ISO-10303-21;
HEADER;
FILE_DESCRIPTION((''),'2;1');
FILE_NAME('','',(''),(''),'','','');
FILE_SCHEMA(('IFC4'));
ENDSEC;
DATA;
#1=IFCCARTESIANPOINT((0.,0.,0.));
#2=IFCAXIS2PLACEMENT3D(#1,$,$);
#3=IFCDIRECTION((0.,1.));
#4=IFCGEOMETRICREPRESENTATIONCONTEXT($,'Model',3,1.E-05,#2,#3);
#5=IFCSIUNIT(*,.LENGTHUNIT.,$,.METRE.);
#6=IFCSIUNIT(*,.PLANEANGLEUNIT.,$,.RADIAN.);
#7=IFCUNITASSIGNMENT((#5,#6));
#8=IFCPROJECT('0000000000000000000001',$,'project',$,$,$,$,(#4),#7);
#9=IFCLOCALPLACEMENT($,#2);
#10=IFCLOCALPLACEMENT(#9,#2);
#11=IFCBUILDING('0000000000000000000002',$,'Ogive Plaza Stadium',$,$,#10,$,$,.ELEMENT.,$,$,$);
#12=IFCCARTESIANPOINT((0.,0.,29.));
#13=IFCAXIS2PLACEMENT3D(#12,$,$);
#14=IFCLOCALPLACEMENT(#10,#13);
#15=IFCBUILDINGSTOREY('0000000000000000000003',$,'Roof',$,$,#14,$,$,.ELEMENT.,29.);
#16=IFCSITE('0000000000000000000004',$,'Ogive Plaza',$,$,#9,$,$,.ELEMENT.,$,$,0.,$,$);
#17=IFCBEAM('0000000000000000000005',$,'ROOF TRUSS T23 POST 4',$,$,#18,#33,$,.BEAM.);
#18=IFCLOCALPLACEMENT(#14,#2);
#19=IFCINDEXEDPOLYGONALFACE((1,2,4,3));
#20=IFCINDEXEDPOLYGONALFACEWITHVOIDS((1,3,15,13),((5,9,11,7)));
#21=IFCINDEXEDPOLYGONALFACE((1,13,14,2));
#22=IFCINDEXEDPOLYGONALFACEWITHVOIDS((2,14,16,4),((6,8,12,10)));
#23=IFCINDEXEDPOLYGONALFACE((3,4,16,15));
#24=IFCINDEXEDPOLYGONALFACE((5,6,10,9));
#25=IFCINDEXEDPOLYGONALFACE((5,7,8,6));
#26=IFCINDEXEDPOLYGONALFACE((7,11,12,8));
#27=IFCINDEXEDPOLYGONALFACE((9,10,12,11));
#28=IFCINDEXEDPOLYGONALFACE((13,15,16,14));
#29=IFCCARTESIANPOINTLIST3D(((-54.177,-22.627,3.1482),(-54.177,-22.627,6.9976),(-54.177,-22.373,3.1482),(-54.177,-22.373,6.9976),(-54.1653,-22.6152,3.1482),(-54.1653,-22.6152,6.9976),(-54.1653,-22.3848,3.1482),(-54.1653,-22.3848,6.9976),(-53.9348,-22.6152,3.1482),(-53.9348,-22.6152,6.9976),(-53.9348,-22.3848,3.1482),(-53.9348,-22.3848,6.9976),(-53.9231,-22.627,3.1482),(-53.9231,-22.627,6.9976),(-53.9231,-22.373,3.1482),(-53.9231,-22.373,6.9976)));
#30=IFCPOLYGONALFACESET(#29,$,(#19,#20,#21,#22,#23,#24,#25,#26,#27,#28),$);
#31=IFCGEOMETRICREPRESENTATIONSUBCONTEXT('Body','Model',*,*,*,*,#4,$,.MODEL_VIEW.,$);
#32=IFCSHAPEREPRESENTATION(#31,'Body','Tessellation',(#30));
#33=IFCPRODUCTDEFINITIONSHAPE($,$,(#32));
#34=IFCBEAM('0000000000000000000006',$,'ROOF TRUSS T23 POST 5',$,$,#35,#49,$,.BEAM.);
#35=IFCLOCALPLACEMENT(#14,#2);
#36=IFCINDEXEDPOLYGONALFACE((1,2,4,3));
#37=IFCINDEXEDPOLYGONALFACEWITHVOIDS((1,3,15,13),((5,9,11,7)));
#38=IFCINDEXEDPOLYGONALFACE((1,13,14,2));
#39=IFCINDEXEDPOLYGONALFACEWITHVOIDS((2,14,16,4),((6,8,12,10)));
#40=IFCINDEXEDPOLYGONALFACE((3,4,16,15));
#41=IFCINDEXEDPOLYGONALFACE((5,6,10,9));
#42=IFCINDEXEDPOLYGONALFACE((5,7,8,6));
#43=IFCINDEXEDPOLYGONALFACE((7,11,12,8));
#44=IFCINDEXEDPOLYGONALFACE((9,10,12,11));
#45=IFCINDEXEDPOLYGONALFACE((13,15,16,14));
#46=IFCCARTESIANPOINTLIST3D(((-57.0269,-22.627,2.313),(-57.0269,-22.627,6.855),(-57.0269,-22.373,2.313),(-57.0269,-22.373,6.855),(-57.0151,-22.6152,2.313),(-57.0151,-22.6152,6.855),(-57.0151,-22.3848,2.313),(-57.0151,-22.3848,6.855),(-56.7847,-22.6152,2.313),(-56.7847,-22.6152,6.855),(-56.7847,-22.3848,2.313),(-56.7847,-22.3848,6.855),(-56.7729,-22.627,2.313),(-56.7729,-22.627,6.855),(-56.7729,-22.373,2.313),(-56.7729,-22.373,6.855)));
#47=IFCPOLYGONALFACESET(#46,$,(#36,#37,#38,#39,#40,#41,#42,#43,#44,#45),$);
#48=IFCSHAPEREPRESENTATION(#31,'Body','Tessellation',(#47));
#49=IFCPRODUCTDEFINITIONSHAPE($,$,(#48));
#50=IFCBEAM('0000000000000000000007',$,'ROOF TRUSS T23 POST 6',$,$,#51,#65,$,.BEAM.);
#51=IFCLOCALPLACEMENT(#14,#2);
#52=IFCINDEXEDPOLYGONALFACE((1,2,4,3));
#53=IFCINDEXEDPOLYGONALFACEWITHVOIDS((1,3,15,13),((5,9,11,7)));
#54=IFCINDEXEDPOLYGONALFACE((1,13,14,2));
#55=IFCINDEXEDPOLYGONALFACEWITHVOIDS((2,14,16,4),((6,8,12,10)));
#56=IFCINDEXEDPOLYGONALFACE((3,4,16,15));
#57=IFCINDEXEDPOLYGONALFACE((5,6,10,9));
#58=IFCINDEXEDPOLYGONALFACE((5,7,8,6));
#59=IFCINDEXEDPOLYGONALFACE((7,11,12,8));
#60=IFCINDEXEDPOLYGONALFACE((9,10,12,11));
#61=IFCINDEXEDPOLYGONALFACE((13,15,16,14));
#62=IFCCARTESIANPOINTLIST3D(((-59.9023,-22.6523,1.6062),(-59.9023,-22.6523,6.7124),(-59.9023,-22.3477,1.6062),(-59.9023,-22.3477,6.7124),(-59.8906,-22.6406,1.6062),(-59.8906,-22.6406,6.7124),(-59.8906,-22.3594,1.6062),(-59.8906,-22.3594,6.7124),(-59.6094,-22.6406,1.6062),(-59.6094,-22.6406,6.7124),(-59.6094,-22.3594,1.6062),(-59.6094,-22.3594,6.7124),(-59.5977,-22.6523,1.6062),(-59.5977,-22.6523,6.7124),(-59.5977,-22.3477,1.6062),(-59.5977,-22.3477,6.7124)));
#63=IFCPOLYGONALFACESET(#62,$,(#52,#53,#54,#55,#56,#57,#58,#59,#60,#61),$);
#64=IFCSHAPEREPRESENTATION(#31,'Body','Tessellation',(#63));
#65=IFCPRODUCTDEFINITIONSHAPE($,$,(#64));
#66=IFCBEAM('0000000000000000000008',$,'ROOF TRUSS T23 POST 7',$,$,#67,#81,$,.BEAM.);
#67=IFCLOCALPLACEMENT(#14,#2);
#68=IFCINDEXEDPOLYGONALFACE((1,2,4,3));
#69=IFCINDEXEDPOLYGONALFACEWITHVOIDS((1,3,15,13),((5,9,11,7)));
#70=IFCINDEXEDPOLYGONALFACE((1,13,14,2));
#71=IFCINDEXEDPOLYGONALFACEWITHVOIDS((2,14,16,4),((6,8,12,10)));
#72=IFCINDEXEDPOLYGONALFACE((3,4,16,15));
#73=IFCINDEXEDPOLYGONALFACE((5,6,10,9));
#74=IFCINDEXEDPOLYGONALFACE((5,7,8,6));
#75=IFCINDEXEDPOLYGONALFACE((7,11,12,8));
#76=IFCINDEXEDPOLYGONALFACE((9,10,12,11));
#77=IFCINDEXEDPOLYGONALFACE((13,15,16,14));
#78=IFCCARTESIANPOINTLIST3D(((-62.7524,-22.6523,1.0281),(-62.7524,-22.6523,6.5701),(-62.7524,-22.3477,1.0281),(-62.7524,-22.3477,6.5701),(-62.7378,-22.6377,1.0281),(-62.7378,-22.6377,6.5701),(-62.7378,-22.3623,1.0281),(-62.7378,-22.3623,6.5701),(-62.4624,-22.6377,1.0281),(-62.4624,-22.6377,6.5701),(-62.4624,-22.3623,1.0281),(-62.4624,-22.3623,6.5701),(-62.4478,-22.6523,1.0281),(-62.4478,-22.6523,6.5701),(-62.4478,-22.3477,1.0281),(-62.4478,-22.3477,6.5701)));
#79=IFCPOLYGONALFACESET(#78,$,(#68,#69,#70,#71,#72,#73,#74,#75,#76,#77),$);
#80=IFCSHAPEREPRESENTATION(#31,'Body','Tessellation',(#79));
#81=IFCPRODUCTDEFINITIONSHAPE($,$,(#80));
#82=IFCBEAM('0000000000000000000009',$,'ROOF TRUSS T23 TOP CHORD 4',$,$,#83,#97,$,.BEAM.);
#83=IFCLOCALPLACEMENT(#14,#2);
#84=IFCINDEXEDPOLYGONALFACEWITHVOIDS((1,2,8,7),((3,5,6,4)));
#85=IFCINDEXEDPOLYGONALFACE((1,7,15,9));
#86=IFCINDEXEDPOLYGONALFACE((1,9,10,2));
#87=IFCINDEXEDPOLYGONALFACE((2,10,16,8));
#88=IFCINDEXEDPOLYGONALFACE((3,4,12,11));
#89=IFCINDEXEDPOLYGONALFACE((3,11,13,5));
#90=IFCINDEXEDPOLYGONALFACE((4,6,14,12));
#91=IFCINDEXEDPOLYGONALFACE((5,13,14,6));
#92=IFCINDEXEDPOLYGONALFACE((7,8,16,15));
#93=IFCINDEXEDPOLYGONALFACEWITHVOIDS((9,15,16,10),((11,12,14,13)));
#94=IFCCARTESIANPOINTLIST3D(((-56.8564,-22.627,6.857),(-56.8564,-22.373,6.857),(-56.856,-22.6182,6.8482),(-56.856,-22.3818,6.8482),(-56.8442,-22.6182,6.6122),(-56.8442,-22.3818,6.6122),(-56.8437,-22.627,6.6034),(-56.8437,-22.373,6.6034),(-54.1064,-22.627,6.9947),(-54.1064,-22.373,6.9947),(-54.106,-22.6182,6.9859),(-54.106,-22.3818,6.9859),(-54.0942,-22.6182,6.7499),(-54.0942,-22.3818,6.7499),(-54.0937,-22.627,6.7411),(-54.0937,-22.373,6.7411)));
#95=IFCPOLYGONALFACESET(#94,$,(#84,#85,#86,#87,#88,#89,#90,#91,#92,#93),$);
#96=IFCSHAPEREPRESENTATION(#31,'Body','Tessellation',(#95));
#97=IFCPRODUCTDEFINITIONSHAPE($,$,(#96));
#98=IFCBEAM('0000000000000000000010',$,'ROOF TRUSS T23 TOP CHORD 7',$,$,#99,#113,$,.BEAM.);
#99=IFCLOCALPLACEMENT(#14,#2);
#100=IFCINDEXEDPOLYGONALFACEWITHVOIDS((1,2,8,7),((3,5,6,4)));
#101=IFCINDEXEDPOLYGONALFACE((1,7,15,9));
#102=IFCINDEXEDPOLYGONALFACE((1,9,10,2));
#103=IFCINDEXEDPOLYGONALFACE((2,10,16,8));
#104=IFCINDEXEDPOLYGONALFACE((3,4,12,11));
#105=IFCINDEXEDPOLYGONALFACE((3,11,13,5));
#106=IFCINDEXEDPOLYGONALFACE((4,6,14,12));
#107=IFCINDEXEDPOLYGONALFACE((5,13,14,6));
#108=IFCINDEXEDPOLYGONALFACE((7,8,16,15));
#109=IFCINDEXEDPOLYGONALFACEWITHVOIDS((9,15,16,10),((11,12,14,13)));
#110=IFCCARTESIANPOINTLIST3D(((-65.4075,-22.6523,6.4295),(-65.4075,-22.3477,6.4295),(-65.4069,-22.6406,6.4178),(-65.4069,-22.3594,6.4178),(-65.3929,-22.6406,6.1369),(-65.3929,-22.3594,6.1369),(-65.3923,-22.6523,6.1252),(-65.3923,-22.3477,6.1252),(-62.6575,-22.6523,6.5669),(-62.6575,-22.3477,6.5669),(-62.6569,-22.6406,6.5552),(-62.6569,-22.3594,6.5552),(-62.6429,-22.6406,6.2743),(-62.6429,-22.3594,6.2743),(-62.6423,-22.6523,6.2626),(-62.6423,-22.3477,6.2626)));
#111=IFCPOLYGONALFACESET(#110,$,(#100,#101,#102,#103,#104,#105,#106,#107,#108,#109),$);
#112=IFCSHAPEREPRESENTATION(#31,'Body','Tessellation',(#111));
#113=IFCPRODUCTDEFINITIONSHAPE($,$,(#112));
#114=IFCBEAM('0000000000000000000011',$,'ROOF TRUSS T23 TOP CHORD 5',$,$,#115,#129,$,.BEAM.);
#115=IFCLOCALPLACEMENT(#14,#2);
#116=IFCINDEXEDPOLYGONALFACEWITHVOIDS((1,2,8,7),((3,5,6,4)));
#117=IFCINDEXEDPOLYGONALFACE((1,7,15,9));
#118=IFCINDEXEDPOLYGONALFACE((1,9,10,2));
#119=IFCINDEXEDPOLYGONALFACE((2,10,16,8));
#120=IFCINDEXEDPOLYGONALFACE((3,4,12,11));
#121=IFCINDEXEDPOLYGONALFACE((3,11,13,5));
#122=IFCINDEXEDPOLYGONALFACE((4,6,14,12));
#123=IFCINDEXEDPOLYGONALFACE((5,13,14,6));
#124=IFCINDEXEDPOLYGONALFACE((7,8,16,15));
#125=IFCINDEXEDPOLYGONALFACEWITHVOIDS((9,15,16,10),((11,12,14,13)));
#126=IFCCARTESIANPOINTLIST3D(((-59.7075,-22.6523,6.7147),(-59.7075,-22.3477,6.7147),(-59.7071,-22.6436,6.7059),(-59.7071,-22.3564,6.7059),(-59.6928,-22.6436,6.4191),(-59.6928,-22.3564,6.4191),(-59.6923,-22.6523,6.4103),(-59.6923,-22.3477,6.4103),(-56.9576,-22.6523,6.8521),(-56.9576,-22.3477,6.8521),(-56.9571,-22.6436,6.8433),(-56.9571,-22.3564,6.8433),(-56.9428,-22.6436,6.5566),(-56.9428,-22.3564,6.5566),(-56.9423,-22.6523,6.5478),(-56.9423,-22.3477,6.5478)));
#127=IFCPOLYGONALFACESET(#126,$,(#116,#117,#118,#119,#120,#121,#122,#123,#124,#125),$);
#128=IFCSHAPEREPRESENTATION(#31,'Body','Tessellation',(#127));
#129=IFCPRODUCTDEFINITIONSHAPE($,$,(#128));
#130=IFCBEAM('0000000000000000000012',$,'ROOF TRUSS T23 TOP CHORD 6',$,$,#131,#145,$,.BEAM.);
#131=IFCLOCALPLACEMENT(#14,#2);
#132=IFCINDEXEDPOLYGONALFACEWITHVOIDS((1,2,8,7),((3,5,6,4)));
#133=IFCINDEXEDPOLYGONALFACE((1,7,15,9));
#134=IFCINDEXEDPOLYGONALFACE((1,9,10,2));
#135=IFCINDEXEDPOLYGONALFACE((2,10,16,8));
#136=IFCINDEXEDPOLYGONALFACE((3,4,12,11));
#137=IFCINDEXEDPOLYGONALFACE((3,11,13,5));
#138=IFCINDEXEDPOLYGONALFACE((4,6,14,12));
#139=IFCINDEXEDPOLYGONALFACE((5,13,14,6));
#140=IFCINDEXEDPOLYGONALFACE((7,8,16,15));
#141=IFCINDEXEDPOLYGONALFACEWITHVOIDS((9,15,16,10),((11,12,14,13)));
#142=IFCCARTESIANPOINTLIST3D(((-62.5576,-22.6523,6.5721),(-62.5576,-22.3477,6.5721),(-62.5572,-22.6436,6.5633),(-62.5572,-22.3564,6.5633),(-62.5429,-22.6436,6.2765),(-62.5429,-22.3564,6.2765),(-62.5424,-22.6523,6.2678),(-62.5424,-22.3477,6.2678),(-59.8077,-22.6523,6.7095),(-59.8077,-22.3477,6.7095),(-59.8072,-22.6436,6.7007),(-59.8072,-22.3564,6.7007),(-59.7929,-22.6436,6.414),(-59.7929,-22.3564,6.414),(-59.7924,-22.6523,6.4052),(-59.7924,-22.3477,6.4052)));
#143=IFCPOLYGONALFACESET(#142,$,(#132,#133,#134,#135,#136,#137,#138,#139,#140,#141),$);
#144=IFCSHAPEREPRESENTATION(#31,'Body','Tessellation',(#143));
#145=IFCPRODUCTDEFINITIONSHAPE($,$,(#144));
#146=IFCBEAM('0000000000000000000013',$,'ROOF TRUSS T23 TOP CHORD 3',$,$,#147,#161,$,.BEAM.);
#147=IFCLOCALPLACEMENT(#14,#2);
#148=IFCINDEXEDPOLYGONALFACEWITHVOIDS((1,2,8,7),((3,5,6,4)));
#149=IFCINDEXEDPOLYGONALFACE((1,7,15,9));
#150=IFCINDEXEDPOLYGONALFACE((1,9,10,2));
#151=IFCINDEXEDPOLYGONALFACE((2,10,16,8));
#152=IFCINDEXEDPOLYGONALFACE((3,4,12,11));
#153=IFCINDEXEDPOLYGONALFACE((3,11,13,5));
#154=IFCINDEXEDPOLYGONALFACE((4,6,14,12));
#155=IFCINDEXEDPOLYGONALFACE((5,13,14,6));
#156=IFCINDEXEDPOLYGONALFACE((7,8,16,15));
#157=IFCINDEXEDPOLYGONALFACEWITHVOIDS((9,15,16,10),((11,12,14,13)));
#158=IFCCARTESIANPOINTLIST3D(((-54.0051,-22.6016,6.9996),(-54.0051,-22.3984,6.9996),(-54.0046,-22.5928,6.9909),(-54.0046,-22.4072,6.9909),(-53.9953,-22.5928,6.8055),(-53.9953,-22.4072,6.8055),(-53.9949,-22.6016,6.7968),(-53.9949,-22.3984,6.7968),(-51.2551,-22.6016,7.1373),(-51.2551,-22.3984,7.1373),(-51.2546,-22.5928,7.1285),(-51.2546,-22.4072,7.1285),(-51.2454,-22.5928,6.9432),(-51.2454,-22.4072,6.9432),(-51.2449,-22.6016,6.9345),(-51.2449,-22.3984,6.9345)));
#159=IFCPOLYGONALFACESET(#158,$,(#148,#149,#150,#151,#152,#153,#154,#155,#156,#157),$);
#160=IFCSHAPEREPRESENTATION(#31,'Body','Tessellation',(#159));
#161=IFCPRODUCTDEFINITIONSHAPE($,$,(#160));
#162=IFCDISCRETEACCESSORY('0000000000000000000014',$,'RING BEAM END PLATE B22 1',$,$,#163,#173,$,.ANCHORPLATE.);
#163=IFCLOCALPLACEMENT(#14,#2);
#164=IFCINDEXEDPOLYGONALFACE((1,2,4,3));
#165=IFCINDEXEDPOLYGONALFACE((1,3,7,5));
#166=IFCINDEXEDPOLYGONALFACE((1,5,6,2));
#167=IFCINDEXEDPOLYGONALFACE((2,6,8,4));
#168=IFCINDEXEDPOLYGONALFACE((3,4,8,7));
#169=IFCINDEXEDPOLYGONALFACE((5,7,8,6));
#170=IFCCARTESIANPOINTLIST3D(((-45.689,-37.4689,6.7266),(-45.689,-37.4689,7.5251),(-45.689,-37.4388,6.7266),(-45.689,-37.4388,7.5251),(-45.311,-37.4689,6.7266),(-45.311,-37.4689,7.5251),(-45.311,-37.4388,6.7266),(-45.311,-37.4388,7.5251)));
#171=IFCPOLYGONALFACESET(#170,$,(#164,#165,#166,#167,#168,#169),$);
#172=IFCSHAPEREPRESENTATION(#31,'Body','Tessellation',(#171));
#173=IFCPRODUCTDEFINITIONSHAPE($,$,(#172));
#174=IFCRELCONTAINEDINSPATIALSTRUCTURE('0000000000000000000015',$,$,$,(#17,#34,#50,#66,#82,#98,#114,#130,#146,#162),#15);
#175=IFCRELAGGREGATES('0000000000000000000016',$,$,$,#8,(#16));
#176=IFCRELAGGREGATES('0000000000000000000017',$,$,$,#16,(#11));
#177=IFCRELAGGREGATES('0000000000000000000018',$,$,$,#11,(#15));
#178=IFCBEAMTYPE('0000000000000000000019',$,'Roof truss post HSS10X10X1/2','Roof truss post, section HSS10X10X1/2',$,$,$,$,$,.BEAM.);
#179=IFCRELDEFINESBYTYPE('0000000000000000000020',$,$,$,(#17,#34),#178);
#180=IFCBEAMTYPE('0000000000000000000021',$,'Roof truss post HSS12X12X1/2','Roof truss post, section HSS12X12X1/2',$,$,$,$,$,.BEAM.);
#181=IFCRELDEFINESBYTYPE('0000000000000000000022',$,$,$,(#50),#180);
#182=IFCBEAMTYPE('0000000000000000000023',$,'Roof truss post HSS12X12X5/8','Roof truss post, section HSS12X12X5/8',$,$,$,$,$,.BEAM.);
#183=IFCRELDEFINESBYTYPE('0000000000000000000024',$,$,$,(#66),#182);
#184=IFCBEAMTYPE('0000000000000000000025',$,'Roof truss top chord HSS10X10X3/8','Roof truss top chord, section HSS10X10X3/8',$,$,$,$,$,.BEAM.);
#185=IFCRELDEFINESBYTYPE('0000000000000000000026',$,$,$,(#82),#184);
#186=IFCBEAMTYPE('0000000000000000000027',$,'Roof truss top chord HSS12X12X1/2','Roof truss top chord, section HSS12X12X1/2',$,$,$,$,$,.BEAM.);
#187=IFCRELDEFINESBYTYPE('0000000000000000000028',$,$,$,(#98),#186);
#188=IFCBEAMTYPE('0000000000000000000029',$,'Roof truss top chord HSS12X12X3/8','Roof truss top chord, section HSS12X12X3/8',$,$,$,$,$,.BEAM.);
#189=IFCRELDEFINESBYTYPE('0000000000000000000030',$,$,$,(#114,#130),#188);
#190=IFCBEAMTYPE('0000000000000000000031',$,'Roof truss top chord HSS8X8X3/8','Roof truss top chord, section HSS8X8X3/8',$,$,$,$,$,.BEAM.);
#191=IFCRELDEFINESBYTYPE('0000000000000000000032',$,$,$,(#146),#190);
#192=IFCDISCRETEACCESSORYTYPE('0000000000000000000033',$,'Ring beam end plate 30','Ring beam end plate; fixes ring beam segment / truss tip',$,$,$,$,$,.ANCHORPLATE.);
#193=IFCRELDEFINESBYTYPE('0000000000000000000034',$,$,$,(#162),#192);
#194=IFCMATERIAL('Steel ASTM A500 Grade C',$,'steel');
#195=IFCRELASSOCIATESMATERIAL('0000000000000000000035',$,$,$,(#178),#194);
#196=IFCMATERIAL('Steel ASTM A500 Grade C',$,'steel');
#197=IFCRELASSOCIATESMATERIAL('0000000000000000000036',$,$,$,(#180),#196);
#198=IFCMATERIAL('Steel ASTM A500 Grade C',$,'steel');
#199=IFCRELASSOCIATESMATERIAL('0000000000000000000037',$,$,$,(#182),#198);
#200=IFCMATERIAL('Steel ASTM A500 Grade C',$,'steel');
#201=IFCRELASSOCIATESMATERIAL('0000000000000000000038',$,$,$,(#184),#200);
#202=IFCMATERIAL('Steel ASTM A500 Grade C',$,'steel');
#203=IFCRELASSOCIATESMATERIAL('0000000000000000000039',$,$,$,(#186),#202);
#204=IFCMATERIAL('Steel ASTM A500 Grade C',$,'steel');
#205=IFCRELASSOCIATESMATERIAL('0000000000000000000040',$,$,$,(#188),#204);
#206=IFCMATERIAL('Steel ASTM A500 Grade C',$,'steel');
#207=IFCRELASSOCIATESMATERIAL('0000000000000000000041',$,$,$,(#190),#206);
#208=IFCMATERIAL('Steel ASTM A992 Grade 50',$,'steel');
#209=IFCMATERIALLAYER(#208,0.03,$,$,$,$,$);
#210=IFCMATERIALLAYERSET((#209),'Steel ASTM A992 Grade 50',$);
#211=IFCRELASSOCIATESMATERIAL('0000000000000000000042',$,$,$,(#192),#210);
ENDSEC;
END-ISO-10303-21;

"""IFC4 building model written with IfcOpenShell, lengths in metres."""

from ifc_helpers import new_model, si_unit, direction, frame, origin, origin_2d, place, context, subcontext, project, spatial, rectangle, hollow_rectangle, extrude, material, layer, layer_set, material_profile, profile_set, type_object, element, save


model = new_model("IFC4")

# Units and contexts
model_context = context("Model", 3, precision=1e-05, world=origin(), true_north=direction((0.0, 1.0)))
body_context = subcontext(model_context, "Body", "Model", "MODEL_VIEW")
ifc_project = project(units=[si_unit("LENGTHUNIT", "METRE"), si_unit("PLANEANGLEUNIT", "RADIAN")], contexts=[model_context])

# Site, building, storey
site_placement = place(None, origin())
site = spatial("IfcSite", under=ifc_project, at=site_placement, Name="Ogive Plaza", CompositionType="ELEMENT", RefElevation=0.0)
building_placement = place(site_placement, origin())
building = spatial("IfcBuilding", under=site, at=building_placement, Name="Ogive Plaza Stadium", CompositionType="ELEMENT")
storey_placement = place(building_placement, frame((0.0, 0.0, 29.0)))
storey = spatial("IfcBuildingStorey", under=building, at=storey_placement, Name="Roof", CompositionType="ELEMENT", Elevation=29.0)

# Beams
ifc_material_1 = material(Name="Steel ASTM A500 Grade C", Category="steel")
ifc_material_profile_1 = material_profile(ifc_material_1, hollow_rectangle(XDim=0.2539, YDim=0.2539, WallThickness=0.0117, at=origin_2d()), Name="HSS10X10X1/2")
ifc_profile_set_1 = profile_set([ifc_material_profile_1], Name="Steel ASTM A500 Grade C")
beam_type_1 = type_object("IfcBeamType", Name="Roof truss post HSS10X10X1/2", Description="Roof truss post, section HSS10X10X1/2", PredefinedType="BEAM", material=ifc_profile_set_1)
beam_1_placement = place(storey_placement, frame((-54.05, -22.5, 3.1482), z_axis=(0.0, 0.0, 1.0), x_axis=(0.0, -1.0, 0.0)))
element("IfcBeam", 1, at=beam_1_placement, inside=storey, type_object=beam_type_1, Name="ROOF TRUSS T23 POST 4", PredefinedType="BEAM", context=body_context, shape_type="SweptSolid", body=[
    extrude(hollow_rectangle(XDim=0.2539, YDim=0.2539, WallThickness=0.0117, at=origin_2d()), origin(), (0.0, 0.0, 1.0), 3.8494),
])
beam_2_placement = place(storey_placement, frame((-56.8999, -22.5, 2.313), z_axis=(0.0, 0.0, 1.0), x_axis=(0.0, -1.0, 0.0)))
element("IfcBeam", 2, at=beam_2_placement, inside=storey, type_object=beam_type_1, Name="ROOF TRUSS T23 POST 5", PredefinedType="BEAM", context=body_context, shape_type="SweptSolid", body=[
    extrude(hollow_rectangle(XDim=0.2539, YDim=0.2539, WallThickness=0.0117, at=origin_2d()), origin(), (0.0, 0.0, 1.0), 4.542),
])
ifc_material_2 = material(Name="Steel ASTM A500 Grade C", Category="steel")
ifc_material_profile_2 = material_profile(ifc_material_2, hollow_rectangle(XDim=0.3047, YDim=0.3047, WallThickness=0.0117, at=origin_2d()), Name="HSS12X12X1/2")
ifc_profile_set_2 = profile_set([ifc_material_profile_2], Name="Steel ASTM A500 Grade C")
beam_type_2 = type_object("IfcBeamType", Name="Roof truss post HSS12X12X1/2", Description="Roof truss post, section HSS12X12X1/2", PredefinedType="BEAM", material=ifc_profile_set_2)
beam_3_placement = place(storey_placement, frame((-59.75, -22.5, 1.6062), z_axis=(0.0, 0.0, 1.0), x_axis=(0.0, -1.0, 0.0)))
element("IfcBeam", 3, at=beam_3_placement, inside=storey, type_object=beam_type_2, Name="ROOF TRUSS T23 POST 6", PredefinedType="BEAM", context=body_context, shape_type="SweptSolid", body=[
    extrude(hollow_rectangle(XDim=0.3047, YDim=0.3047, WallThickness=0.0117, at=origin_2d()), origin(), (0.0, 0.0, 1.0), 5.1062),
])
ifc_material_3 = material(Name="Steel ASTM A500 Grade C", Category="steel")
ifc_material_profile_3 = material_profile(ifc_material_3, hollow_rectangle(XDim=0.3047, YDim=0.3047, WallThickness=0.0146, at=origin_2d()), Name="HSS12X12X5/8")
ifc_profile_set_3 = profile_set([ifc_material_profile_3], Name="Steel ASTM A500 Grade C")
beam_type_3 = type_object("IfcBeamType", Name="Roof truss post HSS12X12X5/8", Description="Roof truss post, section HSS12X12X5/8", PredefinedType="BEAM", material=ifc_profile_set_3)
beam_4_placement = place(storey_placement, frame((-62.6001, -22.5, 1.0281), z_axis=(0.0, 0.0, 1.0), x_axis=(0.0, -1.0, 0.0)))
element("IfcBeam", 4, at=beam_4_placement, inside=storey, type_object=beam_type_3, Name="ROOF TRUSS T23 POST 7", PredefinedType="BEAM", context=body_context, shape_type="SweptSolid", body=[
    extrude(hollow_rectangle(XDim=0.3047, YDim=0.3047, WallThickness=0.0146, at=origin_2d()), origin(), (0.0, 0.0, 1.0), 5.542),
])
ifc_material_4 = material(Name="Steel ASTM A500 Grade C", Category="steel")
ifc_material_profile_4 = material_profile(ifc_material_4, hollow_rectangle(XDim=0.2539, YDim=0.2539, WallThickness=0.0088, at=origin_2d()), Name="HSS10X10X3/8")
ifc_profile_set_4 = profile_set([ifc_material_profile_4], Name="Steel ASTM A500 Grade C")
beam_type_4 = type_object("IfcBeamType", Name="Roof truss top chord HSS10X10X3/8", Description="Roof truss top chord, section HSS10X10X3/8", PredefinedType="BEAM", material=ifc_profile_set_4)
beam_5_placement = place(storey_placement, frame((-54.1001, -22.5, 6.8679), z_axis=(-0.998749, 0.0, -0.050008), x_axis=(0.0, -1.0, 0.0)))
element("IfcBeam", 5, at=beam_5_placement, inside=storey, type_object=beam_type_4, Name="ROOF TRUSS T23 TOP CHORD 4", PredefinedType="BEAM", context=body_context, shape_type="SweptSolid", body=[
    extrude(hollow_rectangle(XDim=0.2539, YDim=0.2539, WallThickness=0.0088, at=origin_2d()), origin(), (0.0, 0.0, 1.0), 2.7534),
])
ifc_material_5 = material(Name="Steel ASTM A500 Grade C", Category="steel")
ifc_material_profile_5 = material_profile(ifc_material_5, hollow_rectangle(XDim=0.3047, YDim=0.3047, WallThickness=0.0117, at=origin_2d()), Name="HSS12X12X1/2")
ifc_profile_set_5 = profile_set([ifc_material_profile_5], Name="Steel ASTM A500 Grade C")
beam_type_5 = type_object("IfcBeamType", Name="Roof truss top chord HSS12X12X1/2", Description="Roof truss top chord, section HSS12X12X1/2", PredefinedType="BEAM", material=ifc_profile_set_5)
beam_6_placement = place(storey_placement, frame((-62.6499, -22.5, 6.4148), z_axis=(-0.998753, 0.0, -0.04992), x_axis=(0.0, -1.0, 0.0)))
element("IfcBeam", 6, at=beam_6_placement, inside=storey, type_object=beam_type_5, Name="ROOF TRUSS T23 TOP CHORD 7", PredefinedType="BEAM", context=body_context, shape_type="SweptSolid", body=[
    extrude(hollow_rectangle(XDim=0.3047, YDim=0.3047, WallThickness=0.0117, at=origin_2d()), origin(), (0.0, 0.0, 1.0), 2.7534),
])
ifc_material_6 = material(Name="Steel ASTM A500 Grade C", Category="steel")
ifc_material_profile_6 = material_profile(ifc_material_6, hollow_rectangle(XDim=0.3047, YDim=0.3047, WallThickness=0.0088, at=origin_2d()), Name="HSS12X12X3/8")
ifc_profile_set_6 = profile_set([ifc_material_profile_6], Name="Steel ASTM A500 Grade C")
beam_type_6 = type_object("IfcBeamType", Name="Roof truss top chord HSS12X12X3/8", Description="Roof truss top chord, section HSS12X12X3/8", PredefinedType="BEAM", material=ifc_profile_set_6)
for number, where, z_axis, x_axis, name in (
    (7, (-56.95, -22.5, 6.7), (-0.998753, 0.0, -0.04992), (0.0, -1.0, 0.0), "ROOF TRUSS T23 TOP CHORD 5"),
    (8, (-59.8, -22.5, 6.5574), (-0.998753, 0.0, -0.04992), (0.0, -1.0, 0.0), "ROOF TRUSS T23 TOP CHORD 6"),
):
    element("IfcBeam", number, at=place(storey_placement, frame(where, z_axis=z_axis, x_axis=x_axis)), inside=storey, type_object=beam_type_6, Name=name, PredefinedType="BEAM", context=body_context, shape_type="SweptSolid", body=[
        extrude(hollow_rectangle(XDim=0.3047, YDim=0.3047, WallThickness=0.0088, at=origin_2d()), origin(), (0.0, 0.0, 1.0), 2.7534),
    ])
ifc_material_7 = material(Name="Steel ASTM A500 Grade C", Category="steel")
ifc_material_profile_7 = material_profile(ifc_material_7, hollow_rectangle(XDim=0.2031, YDim=0.2031, WallThickness=0.0088, at=origin_2d()), Name="HSS8X8X3/8")
ifc_profile_set_7 = profile_set([ifc_material_profile_7], Name="Steel ASTM A500 Grade C")
beam_type_7 = type_object("IfcBeamType", Name="Roof truss top chord HSS8X8X3/8", Description="Roof truss top chord, section HSS8X8X3/8", PredefinedType="BEAM", material=ifc_profile_set_7)
beam_7_placement = place(storey_placement, frame((-51.25, -22.5, 7.0359), z_axis=(-0.998749, 0.0, -0.050008), x_axis=(0.0, -1.0, 0.0)))
element("IfcBeam", 9, at=beam_7_placement, inside=storey, type_object=beam_type_7, Name="ROOF TRUSS T23 TOP CHORD 3", PredefinedType="BEAM", context=body_context, shape_type="SweptSolid", body=[
    extrude(hollow_rectangle(XDim=0.2031, YDim=0.2031, WallThickness=0.0088, at=origin_2d()), origin(), (0.0, 0.0, 1.0), 2.7534),
])

# Discrete accessory
ifc_material_8 = material(Name="Steel ASTM A992 Grade 50", Category="steel")
ifc_layer = layer(ifc_material_8, 0.03)
ifc_layer_set = layer_set([ifc_layer], Name="Steel ASTM A992 Grade 50")
discrete_accessory_type = type_object("IfcDiscreteAccessoryType", Name="Ring beam end plate 30", Description="Ring beam end plate; fixes ring beam segment / truss tip", PredefinedType="ANCHORPLATE", material=ifc_layer_set)
for number, where, z_axis, x_axis, name in (
    (10, (-45.5, -37.4539, 6.7266), (0.0, 0.0, 1.0), (0.0, 1.0, 0.0), "RING BEAM END PLATE B22 1"),
):
    element("IfcDiscreteAccessory", number, at=place(storey_placement, frame(where, z_axis=z_axis, x_axis=x_axis)), inside=storey, type_object=discrete_accessory_type, Name=name, PredefinedType="ANCHORPLATE", context=body_context, shape_type="SweptSolid", body=[
        extrude(rectangle(XDim=0.03, YDim=0.3779, at=origin_2d()), origin(), (0.0, 0.0, 1.0), 0.7986),
    ])

save(model, "model.ifc")
